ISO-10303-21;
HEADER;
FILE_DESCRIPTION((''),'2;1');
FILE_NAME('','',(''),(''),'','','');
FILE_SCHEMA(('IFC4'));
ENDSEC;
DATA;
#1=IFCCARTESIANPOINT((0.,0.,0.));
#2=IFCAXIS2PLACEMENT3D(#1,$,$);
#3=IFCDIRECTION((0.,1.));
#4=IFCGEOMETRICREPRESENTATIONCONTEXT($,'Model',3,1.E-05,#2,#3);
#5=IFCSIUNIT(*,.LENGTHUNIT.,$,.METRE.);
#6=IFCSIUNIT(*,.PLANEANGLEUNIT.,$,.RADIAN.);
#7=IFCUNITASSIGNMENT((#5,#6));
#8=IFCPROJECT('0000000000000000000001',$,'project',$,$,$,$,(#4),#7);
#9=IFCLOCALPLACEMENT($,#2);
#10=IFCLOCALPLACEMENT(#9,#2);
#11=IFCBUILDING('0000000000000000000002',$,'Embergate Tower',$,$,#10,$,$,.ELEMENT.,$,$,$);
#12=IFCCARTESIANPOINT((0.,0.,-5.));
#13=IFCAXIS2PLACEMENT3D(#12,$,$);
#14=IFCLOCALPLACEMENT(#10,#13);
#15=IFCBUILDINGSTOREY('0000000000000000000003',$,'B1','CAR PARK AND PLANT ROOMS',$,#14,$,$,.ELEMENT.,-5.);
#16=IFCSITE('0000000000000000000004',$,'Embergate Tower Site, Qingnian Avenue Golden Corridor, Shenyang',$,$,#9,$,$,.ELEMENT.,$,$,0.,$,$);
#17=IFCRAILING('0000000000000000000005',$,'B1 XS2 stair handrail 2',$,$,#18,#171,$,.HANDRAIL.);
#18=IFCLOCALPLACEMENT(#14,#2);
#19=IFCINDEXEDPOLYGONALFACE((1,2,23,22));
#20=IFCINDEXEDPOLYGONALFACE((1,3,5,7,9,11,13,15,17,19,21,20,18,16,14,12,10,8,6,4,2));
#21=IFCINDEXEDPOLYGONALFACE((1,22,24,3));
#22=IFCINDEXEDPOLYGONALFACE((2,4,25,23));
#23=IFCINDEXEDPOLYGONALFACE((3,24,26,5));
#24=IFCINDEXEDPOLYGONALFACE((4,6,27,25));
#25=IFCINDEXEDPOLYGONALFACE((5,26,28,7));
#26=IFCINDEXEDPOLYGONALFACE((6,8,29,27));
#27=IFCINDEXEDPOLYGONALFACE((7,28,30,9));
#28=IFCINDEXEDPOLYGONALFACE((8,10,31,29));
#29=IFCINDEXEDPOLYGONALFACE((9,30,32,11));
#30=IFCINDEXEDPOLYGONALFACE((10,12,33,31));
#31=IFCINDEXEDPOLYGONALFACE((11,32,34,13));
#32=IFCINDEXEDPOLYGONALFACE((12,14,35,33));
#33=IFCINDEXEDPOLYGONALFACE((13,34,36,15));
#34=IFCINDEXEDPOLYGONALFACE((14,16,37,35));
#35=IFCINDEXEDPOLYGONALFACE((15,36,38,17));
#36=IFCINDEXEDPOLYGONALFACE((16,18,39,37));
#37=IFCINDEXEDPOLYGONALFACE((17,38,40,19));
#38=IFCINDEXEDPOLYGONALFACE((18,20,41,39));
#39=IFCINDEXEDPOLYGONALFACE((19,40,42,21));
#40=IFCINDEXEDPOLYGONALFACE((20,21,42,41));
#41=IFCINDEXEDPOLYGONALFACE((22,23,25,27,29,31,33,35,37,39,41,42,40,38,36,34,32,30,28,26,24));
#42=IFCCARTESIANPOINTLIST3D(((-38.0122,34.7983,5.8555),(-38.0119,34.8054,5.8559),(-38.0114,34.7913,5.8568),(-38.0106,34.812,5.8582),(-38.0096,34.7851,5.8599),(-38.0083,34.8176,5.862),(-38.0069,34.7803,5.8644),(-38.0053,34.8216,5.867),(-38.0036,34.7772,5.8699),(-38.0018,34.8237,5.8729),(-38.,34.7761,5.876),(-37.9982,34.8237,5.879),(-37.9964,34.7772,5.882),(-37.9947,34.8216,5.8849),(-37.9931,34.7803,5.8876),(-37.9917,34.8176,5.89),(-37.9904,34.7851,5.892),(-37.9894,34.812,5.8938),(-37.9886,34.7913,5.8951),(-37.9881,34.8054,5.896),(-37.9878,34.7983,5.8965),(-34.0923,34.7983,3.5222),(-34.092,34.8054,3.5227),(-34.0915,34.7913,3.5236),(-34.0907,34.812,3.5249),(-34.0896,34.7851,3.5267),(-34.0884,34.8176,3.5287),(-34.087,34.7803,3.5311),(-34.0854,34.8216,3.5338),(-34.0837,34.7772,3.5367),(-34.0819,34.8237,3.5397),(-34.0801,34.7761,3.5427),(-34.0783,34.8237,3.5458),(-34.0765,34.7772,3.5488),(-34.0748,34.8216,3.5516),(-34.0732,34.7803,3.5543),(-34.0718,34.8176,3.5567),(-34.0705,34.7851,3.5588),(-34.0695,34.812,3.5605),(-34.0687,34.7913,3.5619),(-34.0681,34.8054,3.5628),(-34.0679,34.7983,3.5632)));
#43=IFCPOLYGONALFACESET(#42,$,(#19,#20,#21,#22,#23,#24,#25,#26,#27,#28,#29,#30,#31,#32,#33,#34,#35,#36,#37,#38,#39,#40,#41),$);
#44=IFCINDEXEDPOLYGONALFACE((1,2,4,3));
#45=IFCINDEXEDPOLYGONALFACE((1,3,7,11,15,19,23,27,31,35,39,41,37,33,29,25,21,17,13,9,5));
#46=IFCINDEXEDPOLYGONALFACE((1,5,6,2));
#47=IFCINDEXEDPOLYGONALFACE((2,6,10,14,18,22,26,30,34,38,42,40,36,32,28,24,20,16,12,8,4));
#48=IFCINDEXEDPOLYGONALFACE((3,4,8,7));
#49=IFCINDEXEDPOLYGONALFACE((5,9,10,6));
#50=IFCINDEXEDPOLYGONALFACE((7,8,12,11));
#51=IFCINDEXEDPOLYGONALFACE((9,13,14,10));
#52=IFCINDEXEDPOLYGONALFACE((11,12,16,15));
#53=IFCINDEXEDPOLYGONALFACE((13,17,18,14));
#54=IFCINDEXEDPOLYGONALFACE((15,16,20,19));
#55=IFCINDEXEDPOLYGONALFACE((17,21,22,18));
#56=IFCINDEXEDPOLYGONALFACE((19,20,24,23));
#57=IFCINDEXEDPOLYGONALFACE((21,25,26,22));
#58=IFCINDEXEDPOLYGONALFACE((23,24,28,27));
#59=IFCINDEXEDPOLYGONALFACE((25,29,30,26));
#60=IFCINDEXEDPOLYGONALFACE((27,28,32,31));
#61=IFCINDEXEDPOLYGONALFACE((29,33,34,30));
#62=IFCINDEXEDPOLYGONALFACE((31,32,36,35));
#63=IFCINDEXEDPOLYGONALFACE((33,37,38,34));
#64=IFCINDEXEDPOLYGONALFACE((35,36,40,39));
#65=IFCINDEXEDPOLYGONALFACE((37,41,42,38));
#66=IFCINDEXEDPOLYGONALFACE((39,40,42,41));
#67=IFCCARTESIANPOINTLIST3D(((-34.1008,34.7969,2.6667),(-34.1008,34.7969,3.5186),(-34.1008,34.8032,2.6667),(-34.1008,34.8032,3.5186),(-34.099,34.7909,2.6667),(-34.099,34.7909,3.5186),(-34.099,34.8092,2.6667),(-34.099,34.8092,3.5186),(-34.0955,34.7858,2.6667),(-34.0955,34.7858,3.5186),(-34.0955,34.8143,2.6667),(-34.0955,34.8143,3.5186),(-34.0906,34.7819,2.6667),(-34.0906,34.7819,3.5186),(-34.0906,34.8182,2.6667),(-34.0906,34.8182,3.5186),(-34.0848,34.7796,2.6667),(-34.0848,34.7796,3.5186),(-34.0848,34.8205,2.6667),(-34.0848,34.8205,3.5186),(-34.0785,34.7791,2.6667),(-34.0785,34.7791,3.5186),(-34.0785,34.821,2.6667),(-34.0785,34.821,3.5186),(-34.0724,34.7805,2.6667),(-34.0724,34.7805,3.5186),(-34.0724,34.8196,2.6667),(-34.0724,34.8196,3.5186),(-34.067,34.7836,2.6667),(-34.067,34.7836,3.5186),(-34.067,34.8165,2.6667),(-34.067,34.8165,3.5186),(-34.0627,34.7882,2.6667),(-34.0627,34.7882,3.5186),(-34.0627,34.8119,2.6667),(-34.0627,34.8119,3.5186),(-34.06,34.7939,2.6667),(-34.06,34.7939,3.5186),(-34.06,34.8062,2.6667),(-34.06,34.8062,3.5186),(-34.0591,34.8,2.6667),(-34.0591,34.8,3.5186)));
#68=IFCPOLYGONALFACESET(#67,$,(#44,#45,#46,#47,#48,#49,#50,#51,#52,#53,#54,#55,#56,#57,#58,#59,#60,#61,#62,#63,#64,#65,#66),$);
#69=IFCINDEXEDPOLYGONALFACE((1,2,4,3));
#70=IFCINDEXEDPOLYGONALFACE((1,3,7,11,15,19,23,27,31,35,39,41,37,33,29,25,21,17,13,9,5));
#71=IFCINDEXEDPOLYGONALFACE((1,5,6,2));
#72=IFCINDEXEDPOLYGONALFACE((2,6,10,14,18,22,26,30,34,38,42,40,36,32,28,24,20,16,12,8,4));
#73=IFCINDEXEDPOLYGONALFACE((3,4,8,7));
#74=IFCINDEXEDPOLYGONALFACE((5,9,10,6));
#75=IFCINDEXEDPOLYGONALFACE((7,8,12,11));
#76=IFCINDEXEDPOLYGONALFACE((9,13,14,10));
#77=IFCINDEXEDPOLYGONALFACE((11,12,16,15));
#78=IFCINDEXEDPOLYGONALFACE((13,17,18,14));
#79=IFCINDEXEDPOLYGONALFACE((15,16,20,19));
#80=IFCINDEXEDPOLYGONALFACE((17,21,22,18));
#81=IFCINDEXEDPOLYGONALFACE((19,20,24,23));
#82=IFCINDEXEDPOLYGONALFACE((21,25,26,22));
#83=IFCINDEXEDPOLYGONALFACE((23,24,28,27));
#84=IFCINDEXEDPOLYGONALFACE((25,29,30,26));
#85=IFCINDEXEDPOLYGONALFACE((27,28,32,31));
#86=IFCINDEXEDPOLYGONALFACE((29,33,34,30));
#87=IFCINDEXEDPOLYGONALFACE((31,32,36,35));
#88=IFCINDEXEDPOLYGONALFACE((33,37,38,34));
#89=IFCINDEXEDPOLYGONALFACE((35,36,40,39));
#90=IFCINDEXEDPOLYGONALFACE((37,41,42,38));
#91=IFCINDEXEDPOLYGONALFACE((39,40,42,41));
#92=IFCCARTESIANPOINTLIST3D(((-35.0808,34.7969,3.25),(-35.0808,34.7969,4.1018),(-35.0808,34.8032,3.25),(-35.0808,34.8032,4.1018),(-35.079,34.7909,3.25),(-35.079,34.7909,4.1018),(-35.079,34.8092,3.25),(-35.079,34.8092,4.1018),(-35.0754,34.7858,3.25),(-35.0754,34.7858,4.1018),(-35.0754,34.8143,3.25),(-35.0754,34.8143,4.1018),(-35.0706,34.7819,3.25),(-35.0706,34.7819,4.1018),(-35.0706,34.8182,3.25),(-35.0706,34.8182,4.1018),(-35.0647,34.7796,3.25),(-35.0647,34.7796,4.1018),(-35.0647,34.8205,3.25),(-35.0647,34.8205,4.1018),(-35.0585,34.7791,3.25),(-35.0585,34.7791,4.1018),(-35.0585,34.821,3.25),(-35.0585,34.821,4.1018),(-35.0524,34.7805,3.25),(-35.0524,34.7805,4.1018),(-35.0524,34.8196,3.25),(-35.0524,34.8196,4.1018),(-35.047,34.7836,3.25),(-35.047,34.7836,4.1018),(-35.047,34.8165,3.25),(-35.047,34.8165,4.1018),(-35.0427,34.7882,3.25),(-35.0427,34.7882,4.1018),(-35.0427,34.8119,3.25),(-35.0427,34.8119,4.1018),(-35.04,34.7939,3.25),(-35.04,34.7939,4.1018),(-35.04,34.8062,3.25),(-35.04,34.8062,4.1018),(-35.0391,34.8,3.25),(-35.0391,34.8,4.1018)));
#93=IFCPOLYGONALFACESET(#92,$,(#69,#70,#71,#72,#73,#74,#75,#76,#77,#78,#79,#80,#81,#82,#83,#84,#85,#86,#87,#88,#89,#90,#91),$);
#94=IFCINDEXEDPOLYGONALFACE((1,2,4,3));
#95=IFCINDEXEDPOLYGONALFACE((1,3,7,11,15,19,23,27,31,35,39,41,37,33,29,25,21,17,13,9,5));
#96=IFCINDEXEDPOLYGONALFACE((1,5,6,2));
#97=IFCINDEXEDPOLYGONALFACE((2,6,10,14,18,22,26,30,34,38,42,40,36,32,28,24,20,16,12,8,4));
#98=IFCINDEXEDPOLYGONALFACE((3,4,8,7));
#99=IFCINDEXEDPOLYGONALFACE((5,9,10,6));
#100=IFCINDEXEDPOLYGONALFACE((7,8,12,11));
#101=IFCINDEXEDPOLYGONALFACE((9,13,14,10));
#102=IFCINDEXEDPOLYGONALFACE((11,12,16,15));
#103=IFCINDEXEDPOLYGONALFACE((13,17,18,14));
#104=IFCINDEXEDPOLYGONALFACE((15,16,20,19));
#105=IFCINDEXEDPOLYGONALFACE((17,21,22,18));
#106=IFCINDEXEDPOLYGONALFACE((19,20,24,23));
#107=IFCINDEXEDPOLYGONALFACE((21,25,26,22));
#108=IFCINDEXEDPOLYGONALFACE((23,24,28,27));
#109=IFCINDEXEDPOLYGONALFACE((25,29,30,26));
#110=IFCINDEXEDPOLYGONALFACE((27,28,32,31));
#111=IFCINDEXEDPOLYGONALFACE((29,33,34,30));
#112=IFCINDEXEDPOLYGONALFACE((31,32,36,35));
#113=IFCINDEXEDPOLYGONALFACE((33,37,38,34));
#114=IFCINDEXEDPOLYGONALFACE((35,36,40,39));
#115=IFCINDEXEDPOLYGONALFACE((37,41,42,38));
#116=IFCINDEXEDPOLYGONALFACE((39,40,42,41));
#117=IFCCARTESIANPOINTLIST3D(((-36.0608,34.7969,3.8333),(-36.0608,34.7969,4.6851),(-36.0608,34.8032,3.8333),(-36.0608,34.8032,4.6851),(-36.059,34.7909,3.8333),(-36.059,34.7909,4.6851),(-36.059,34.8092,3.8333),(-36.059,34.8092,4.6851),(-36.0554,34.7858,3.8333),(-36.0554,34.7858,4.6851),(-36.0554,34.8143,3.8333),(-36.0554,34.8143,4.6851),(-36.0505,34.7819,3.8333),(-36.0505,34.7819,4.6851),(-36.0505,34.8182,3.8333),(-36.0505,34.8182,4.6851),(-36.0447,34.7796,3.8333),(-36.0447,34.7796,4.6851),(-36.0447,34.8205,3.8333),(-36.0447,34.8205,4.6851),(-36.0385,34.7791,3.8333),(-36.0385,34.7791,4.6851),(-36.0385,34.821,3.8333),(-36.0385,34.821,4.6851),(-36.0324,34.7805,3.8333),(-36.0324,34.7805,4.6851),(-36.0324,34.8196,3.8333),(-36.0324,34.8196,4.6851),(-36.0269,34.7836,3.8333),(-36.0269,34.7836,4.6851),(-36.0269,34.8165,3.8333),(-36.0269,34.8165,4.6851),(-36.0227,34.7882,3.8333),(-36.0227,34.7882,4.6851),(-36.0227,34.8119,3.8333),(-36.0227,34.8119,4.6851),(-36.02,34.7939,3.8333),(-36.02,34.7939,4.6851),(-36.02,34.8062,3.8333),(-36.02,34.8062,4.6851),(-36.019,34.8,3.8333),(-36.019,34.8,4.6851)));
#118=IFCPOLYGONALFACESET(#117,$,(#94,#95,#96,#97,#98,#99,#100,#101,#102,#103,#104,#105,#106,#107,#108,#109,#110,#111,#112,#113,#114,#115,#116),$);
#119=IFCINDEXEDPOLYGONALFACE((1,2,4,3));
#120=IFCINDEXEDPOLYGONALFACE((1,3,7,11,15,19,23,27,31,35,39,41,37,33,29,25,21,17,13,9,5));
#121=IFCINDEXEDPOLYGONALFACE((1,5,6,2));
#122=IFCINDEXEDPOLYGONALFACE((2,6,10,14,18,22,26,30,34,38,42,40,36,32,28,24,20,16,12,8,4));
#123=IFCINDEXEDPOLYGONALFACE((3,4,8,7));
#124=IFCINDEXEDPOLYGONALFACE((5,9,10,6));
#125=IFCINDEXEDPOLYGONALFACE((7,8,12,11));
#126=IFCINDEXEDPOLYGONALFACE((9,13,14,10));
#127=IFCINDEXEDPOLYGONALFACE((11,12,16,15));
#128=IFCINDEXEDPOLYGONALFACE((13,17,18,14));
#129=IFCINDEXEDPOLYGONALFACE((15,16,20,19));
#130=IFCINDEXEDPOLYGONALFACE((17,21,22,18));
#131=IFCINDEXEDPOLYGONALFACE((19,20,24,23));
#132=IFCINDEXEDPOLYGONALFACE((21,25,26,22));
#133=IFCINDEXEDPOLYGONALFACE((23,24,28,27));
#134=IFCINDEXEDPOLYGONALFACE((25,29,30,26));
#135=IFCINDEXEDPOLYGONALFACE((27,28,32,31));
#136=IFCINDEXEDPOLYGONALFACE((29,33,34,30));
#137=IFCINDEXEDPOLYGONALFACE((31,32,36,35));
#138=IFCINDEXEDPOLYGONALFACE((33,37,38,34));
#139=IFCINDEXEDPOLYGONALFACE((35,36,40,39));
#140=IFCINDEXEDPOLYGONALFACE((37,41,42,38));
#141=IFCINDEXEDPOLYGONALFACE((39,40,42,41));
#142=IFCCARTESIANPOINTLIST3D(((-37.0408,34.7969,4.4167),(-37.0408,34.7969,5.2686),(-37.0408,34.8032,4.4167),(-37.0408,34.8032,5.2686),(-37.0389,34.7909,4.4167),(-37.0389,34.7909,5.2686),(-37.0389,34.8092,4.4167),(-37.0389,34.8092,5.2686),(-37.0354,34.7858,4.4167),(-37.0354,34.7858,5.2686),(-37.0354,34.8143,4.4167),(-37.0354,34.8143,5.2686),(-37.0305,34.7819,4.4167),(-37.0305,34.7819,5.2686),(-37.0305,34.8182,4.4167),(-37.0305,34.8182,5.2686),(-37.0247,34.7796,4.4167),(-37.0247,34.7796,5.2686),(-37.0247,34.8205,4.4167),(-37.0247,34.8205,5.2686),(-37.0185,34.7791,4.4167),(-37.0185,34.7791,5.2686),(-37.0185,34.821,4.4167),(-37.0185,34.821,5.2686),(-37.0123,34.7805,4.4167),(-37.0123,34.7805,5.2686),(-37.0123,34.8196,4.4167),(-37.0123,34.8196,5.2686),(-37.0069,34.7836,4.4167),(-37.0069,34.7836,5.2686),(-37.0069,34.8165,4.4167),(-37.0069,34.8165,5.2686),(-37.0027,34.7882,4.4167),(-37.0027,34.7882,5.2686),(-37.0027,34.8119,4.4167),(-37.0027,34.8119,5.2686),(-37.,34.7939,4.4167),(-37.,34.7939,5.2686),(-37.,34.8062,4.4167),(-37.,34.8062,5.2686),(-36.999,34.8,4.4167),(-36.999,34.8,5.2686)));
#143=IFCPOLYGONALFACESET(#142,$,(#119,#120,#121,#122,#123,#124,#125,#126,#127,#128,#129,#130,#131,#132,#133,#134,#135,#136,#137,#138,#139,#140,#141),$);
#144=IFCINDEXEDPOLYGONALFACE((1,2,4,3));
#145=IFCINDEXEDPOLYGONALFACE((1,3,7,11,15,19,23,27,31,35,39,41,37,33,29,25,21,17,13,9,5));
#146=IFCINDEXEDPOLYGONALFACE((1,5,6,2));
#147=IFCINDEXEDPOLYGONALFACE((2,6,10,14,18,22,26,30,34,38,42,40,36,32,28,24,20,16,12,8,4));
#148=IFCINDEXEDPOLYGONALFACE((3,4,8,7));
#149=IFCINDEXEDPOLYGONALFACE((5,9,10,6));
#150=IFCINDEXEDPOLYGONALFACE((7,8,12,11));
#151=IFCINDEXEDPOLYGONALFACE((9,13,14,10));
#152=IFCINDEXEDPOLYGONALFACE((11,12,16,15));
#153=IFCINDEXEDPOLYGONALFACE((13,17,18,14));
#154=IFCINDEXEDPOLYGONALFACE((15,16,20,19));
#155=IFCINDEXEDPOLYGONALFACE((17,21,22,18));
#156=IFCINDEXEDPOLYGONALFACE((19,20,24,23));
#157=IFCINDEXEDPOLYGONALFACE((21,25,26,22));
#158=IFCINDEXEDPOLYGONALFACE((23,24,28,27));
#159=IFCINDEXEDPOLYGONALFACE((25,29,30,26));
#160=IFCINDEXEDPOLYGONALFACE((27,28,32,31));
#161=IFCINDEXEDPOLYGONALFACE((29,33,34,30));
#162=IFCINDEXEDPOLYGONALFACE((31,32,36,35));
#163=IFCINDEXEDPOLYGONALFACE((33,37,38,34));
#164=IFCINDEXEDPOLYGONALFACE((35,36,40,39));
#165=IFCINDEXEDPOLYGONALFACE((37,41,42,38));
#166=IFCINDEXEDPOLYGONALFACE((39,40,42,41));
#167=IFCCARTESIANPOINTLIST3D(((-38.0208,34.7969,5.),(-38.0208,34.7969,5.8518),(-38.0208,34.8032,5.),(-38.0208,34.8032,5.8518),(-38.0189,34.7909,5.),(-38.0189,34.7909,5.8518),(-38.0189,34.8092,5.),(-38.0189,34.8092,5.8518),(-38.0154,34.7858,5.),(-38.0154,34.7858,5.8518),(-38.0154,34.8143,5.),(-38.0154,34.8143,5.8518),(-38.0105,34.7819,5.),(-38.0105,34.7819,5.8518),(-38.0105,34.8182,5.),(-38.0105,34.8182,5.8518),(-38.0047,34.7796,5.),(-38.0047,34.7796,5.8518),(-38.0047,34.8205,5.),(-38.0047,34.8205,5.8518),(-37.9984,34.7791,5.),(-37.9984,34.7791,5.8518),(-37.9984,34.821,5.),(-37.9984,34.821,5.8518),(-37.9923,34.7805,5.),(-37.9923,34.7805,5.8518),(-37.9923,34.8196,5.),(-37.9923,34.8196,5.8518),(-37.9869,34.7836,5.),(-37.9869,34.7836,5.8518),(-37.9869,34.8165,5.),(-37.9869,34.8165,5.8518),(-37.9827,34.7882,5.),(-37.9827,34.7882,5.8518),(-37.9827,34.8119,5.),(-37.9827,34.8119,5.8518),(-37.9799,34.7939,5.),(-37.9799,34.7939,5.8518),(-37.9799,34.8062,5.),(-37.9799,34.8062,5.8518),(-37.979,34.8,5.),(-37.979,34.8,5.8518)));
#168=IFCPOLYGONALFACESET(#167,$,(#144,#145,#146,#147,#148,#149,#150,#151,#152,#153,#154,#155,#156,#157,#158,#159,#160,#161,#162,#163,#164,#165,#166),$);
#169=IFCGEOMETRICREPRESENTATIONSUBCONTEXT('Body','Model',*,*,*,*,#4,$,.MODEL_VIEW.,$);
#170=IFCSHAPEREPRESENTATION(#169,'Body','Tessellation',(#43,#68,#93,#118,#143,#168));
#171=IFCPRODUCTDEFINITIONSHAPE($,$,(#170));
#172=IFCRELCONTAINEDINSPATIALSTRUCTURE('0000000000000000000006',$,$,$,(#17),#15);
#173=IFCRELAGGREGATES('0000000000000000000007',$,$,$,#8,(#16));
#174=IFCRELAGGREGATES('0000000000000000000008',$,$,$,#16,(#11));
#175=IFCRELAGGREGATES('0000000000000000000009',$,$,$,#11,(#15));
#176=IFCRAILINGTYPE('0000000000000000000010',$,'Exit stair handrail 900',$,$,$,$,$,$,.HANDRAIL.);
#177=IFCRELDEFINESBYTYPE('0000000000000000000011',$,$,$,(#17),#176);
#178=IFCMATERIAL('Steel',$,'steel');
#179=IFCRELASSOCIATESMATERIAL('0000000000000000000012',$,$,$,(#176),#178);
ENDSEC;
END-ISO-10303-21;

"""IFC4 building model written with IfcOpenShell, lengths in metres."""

from ifc_helpers import new_model, si_unit, direction, frame, origin, origin_2d, place, context, subcontext, project, spatial, circle, extrude, source, transform, mapped, material, type_object, element, save


model = new_model("IFC4")

# Units and contexts
model_context = context("Model", 3, precision=1e-05, world=origin(), true_north=direction((0.0, 1.0)))
body_context = subcontext(model_context, "Body", "Model", "MODEL_VIEW")
ifc_project = project(units=[si_unit("LENGTHUNIT", "METRE"), si_unit("PLANEANGLEUNIT", "RADIAN")], contexts=[model_context])

# Site, building, storey
site_placement = place(None, origin())
site = spatial("IfcSite", under=ifc_project, at=site_placement, Name="Embergate Tower Site, Qingnian Avenue Golden Corridor, Shenyang", CompositionType="ELEMENT", RefElevation=0.0)
building_placement = place(site_placement, origin())
building = spatial("IfcBuilding", under=site, at=building_placement, Name="Embergate Tower", CompositionType="ELEMENT")
storey_placement = place(building_placement, frame((0.0, 0.0, -5.0)))
storey = spatial("IfcBuildingStorey", under=building, at=storey_placement, Name="B1", Description="CAR PARK AND PLANT ROOMS", CompositionType="ELEMENT", Elevation=-5.0)

# Railing
ifc_material_1 = material(Name="Steel", Category="steel")
railing_type_1 = type_object("IfcRailingType", Name="Exit stair handrail 900", PredefinedType="HANDRAIL", material=ifc_material_1)
shared_shape_1 = source(origin(), body_context, "Body", "SweptSolid", [
    extrude(circle(Radius=0.0239, at=origin_2d()), frame((0.0, 0.0, 0.876), z_axis=(-0.859296, 0.0, 0.511478), x_axis=(0.0, -1.0, 0.0)), (0.0, 0.0, 1.0), 4.5618),
    extrude(circle(Radius=0.021, at=origin_2d()), origin(), (0.0, 0.0, 1.0), 0.8518),
    extrude(circle(Radius=0.021, at=origin_2d()), frame((-0.98, 0.0, 0.5833)), (0.0, 0.0, 1.0), 0.8518),
    extrude(circle(Radius=0.021, at=origin_2d()), frame((-1.96, 0.0, 1.1665)), (0.0, 0.0, 1.0), 0.8518),
    extrude(circle(Radius=0.021, at=origin_2d()), frame((-2.9399, 0.0, 1.75)), (0.0, 0.0, 1.0), 0.8518),
    extrude(circle(Radius=0.021, at=origin_2d()), frame((-3.9199, 0.0, 2.3333)), (0.0, 0.0, 1.0), 0.8518),
])
railing_1_placement = place(storey_placement, frame((-34.0801, 34.8, 2.6667)))
element("IfcRailing", 1, at=railing_1_placement, inside=storey, type_object=railing_type_1, Name="B1 XS2 stair handrail 2", PredefinedType="HANDRAIL", context=body_context, shape_type="MappedRepresentation", body=[
    mapped(shared_shape_1, transform((0.0, 0.0, 0.0))),
])

save(model, "model.ifc")
